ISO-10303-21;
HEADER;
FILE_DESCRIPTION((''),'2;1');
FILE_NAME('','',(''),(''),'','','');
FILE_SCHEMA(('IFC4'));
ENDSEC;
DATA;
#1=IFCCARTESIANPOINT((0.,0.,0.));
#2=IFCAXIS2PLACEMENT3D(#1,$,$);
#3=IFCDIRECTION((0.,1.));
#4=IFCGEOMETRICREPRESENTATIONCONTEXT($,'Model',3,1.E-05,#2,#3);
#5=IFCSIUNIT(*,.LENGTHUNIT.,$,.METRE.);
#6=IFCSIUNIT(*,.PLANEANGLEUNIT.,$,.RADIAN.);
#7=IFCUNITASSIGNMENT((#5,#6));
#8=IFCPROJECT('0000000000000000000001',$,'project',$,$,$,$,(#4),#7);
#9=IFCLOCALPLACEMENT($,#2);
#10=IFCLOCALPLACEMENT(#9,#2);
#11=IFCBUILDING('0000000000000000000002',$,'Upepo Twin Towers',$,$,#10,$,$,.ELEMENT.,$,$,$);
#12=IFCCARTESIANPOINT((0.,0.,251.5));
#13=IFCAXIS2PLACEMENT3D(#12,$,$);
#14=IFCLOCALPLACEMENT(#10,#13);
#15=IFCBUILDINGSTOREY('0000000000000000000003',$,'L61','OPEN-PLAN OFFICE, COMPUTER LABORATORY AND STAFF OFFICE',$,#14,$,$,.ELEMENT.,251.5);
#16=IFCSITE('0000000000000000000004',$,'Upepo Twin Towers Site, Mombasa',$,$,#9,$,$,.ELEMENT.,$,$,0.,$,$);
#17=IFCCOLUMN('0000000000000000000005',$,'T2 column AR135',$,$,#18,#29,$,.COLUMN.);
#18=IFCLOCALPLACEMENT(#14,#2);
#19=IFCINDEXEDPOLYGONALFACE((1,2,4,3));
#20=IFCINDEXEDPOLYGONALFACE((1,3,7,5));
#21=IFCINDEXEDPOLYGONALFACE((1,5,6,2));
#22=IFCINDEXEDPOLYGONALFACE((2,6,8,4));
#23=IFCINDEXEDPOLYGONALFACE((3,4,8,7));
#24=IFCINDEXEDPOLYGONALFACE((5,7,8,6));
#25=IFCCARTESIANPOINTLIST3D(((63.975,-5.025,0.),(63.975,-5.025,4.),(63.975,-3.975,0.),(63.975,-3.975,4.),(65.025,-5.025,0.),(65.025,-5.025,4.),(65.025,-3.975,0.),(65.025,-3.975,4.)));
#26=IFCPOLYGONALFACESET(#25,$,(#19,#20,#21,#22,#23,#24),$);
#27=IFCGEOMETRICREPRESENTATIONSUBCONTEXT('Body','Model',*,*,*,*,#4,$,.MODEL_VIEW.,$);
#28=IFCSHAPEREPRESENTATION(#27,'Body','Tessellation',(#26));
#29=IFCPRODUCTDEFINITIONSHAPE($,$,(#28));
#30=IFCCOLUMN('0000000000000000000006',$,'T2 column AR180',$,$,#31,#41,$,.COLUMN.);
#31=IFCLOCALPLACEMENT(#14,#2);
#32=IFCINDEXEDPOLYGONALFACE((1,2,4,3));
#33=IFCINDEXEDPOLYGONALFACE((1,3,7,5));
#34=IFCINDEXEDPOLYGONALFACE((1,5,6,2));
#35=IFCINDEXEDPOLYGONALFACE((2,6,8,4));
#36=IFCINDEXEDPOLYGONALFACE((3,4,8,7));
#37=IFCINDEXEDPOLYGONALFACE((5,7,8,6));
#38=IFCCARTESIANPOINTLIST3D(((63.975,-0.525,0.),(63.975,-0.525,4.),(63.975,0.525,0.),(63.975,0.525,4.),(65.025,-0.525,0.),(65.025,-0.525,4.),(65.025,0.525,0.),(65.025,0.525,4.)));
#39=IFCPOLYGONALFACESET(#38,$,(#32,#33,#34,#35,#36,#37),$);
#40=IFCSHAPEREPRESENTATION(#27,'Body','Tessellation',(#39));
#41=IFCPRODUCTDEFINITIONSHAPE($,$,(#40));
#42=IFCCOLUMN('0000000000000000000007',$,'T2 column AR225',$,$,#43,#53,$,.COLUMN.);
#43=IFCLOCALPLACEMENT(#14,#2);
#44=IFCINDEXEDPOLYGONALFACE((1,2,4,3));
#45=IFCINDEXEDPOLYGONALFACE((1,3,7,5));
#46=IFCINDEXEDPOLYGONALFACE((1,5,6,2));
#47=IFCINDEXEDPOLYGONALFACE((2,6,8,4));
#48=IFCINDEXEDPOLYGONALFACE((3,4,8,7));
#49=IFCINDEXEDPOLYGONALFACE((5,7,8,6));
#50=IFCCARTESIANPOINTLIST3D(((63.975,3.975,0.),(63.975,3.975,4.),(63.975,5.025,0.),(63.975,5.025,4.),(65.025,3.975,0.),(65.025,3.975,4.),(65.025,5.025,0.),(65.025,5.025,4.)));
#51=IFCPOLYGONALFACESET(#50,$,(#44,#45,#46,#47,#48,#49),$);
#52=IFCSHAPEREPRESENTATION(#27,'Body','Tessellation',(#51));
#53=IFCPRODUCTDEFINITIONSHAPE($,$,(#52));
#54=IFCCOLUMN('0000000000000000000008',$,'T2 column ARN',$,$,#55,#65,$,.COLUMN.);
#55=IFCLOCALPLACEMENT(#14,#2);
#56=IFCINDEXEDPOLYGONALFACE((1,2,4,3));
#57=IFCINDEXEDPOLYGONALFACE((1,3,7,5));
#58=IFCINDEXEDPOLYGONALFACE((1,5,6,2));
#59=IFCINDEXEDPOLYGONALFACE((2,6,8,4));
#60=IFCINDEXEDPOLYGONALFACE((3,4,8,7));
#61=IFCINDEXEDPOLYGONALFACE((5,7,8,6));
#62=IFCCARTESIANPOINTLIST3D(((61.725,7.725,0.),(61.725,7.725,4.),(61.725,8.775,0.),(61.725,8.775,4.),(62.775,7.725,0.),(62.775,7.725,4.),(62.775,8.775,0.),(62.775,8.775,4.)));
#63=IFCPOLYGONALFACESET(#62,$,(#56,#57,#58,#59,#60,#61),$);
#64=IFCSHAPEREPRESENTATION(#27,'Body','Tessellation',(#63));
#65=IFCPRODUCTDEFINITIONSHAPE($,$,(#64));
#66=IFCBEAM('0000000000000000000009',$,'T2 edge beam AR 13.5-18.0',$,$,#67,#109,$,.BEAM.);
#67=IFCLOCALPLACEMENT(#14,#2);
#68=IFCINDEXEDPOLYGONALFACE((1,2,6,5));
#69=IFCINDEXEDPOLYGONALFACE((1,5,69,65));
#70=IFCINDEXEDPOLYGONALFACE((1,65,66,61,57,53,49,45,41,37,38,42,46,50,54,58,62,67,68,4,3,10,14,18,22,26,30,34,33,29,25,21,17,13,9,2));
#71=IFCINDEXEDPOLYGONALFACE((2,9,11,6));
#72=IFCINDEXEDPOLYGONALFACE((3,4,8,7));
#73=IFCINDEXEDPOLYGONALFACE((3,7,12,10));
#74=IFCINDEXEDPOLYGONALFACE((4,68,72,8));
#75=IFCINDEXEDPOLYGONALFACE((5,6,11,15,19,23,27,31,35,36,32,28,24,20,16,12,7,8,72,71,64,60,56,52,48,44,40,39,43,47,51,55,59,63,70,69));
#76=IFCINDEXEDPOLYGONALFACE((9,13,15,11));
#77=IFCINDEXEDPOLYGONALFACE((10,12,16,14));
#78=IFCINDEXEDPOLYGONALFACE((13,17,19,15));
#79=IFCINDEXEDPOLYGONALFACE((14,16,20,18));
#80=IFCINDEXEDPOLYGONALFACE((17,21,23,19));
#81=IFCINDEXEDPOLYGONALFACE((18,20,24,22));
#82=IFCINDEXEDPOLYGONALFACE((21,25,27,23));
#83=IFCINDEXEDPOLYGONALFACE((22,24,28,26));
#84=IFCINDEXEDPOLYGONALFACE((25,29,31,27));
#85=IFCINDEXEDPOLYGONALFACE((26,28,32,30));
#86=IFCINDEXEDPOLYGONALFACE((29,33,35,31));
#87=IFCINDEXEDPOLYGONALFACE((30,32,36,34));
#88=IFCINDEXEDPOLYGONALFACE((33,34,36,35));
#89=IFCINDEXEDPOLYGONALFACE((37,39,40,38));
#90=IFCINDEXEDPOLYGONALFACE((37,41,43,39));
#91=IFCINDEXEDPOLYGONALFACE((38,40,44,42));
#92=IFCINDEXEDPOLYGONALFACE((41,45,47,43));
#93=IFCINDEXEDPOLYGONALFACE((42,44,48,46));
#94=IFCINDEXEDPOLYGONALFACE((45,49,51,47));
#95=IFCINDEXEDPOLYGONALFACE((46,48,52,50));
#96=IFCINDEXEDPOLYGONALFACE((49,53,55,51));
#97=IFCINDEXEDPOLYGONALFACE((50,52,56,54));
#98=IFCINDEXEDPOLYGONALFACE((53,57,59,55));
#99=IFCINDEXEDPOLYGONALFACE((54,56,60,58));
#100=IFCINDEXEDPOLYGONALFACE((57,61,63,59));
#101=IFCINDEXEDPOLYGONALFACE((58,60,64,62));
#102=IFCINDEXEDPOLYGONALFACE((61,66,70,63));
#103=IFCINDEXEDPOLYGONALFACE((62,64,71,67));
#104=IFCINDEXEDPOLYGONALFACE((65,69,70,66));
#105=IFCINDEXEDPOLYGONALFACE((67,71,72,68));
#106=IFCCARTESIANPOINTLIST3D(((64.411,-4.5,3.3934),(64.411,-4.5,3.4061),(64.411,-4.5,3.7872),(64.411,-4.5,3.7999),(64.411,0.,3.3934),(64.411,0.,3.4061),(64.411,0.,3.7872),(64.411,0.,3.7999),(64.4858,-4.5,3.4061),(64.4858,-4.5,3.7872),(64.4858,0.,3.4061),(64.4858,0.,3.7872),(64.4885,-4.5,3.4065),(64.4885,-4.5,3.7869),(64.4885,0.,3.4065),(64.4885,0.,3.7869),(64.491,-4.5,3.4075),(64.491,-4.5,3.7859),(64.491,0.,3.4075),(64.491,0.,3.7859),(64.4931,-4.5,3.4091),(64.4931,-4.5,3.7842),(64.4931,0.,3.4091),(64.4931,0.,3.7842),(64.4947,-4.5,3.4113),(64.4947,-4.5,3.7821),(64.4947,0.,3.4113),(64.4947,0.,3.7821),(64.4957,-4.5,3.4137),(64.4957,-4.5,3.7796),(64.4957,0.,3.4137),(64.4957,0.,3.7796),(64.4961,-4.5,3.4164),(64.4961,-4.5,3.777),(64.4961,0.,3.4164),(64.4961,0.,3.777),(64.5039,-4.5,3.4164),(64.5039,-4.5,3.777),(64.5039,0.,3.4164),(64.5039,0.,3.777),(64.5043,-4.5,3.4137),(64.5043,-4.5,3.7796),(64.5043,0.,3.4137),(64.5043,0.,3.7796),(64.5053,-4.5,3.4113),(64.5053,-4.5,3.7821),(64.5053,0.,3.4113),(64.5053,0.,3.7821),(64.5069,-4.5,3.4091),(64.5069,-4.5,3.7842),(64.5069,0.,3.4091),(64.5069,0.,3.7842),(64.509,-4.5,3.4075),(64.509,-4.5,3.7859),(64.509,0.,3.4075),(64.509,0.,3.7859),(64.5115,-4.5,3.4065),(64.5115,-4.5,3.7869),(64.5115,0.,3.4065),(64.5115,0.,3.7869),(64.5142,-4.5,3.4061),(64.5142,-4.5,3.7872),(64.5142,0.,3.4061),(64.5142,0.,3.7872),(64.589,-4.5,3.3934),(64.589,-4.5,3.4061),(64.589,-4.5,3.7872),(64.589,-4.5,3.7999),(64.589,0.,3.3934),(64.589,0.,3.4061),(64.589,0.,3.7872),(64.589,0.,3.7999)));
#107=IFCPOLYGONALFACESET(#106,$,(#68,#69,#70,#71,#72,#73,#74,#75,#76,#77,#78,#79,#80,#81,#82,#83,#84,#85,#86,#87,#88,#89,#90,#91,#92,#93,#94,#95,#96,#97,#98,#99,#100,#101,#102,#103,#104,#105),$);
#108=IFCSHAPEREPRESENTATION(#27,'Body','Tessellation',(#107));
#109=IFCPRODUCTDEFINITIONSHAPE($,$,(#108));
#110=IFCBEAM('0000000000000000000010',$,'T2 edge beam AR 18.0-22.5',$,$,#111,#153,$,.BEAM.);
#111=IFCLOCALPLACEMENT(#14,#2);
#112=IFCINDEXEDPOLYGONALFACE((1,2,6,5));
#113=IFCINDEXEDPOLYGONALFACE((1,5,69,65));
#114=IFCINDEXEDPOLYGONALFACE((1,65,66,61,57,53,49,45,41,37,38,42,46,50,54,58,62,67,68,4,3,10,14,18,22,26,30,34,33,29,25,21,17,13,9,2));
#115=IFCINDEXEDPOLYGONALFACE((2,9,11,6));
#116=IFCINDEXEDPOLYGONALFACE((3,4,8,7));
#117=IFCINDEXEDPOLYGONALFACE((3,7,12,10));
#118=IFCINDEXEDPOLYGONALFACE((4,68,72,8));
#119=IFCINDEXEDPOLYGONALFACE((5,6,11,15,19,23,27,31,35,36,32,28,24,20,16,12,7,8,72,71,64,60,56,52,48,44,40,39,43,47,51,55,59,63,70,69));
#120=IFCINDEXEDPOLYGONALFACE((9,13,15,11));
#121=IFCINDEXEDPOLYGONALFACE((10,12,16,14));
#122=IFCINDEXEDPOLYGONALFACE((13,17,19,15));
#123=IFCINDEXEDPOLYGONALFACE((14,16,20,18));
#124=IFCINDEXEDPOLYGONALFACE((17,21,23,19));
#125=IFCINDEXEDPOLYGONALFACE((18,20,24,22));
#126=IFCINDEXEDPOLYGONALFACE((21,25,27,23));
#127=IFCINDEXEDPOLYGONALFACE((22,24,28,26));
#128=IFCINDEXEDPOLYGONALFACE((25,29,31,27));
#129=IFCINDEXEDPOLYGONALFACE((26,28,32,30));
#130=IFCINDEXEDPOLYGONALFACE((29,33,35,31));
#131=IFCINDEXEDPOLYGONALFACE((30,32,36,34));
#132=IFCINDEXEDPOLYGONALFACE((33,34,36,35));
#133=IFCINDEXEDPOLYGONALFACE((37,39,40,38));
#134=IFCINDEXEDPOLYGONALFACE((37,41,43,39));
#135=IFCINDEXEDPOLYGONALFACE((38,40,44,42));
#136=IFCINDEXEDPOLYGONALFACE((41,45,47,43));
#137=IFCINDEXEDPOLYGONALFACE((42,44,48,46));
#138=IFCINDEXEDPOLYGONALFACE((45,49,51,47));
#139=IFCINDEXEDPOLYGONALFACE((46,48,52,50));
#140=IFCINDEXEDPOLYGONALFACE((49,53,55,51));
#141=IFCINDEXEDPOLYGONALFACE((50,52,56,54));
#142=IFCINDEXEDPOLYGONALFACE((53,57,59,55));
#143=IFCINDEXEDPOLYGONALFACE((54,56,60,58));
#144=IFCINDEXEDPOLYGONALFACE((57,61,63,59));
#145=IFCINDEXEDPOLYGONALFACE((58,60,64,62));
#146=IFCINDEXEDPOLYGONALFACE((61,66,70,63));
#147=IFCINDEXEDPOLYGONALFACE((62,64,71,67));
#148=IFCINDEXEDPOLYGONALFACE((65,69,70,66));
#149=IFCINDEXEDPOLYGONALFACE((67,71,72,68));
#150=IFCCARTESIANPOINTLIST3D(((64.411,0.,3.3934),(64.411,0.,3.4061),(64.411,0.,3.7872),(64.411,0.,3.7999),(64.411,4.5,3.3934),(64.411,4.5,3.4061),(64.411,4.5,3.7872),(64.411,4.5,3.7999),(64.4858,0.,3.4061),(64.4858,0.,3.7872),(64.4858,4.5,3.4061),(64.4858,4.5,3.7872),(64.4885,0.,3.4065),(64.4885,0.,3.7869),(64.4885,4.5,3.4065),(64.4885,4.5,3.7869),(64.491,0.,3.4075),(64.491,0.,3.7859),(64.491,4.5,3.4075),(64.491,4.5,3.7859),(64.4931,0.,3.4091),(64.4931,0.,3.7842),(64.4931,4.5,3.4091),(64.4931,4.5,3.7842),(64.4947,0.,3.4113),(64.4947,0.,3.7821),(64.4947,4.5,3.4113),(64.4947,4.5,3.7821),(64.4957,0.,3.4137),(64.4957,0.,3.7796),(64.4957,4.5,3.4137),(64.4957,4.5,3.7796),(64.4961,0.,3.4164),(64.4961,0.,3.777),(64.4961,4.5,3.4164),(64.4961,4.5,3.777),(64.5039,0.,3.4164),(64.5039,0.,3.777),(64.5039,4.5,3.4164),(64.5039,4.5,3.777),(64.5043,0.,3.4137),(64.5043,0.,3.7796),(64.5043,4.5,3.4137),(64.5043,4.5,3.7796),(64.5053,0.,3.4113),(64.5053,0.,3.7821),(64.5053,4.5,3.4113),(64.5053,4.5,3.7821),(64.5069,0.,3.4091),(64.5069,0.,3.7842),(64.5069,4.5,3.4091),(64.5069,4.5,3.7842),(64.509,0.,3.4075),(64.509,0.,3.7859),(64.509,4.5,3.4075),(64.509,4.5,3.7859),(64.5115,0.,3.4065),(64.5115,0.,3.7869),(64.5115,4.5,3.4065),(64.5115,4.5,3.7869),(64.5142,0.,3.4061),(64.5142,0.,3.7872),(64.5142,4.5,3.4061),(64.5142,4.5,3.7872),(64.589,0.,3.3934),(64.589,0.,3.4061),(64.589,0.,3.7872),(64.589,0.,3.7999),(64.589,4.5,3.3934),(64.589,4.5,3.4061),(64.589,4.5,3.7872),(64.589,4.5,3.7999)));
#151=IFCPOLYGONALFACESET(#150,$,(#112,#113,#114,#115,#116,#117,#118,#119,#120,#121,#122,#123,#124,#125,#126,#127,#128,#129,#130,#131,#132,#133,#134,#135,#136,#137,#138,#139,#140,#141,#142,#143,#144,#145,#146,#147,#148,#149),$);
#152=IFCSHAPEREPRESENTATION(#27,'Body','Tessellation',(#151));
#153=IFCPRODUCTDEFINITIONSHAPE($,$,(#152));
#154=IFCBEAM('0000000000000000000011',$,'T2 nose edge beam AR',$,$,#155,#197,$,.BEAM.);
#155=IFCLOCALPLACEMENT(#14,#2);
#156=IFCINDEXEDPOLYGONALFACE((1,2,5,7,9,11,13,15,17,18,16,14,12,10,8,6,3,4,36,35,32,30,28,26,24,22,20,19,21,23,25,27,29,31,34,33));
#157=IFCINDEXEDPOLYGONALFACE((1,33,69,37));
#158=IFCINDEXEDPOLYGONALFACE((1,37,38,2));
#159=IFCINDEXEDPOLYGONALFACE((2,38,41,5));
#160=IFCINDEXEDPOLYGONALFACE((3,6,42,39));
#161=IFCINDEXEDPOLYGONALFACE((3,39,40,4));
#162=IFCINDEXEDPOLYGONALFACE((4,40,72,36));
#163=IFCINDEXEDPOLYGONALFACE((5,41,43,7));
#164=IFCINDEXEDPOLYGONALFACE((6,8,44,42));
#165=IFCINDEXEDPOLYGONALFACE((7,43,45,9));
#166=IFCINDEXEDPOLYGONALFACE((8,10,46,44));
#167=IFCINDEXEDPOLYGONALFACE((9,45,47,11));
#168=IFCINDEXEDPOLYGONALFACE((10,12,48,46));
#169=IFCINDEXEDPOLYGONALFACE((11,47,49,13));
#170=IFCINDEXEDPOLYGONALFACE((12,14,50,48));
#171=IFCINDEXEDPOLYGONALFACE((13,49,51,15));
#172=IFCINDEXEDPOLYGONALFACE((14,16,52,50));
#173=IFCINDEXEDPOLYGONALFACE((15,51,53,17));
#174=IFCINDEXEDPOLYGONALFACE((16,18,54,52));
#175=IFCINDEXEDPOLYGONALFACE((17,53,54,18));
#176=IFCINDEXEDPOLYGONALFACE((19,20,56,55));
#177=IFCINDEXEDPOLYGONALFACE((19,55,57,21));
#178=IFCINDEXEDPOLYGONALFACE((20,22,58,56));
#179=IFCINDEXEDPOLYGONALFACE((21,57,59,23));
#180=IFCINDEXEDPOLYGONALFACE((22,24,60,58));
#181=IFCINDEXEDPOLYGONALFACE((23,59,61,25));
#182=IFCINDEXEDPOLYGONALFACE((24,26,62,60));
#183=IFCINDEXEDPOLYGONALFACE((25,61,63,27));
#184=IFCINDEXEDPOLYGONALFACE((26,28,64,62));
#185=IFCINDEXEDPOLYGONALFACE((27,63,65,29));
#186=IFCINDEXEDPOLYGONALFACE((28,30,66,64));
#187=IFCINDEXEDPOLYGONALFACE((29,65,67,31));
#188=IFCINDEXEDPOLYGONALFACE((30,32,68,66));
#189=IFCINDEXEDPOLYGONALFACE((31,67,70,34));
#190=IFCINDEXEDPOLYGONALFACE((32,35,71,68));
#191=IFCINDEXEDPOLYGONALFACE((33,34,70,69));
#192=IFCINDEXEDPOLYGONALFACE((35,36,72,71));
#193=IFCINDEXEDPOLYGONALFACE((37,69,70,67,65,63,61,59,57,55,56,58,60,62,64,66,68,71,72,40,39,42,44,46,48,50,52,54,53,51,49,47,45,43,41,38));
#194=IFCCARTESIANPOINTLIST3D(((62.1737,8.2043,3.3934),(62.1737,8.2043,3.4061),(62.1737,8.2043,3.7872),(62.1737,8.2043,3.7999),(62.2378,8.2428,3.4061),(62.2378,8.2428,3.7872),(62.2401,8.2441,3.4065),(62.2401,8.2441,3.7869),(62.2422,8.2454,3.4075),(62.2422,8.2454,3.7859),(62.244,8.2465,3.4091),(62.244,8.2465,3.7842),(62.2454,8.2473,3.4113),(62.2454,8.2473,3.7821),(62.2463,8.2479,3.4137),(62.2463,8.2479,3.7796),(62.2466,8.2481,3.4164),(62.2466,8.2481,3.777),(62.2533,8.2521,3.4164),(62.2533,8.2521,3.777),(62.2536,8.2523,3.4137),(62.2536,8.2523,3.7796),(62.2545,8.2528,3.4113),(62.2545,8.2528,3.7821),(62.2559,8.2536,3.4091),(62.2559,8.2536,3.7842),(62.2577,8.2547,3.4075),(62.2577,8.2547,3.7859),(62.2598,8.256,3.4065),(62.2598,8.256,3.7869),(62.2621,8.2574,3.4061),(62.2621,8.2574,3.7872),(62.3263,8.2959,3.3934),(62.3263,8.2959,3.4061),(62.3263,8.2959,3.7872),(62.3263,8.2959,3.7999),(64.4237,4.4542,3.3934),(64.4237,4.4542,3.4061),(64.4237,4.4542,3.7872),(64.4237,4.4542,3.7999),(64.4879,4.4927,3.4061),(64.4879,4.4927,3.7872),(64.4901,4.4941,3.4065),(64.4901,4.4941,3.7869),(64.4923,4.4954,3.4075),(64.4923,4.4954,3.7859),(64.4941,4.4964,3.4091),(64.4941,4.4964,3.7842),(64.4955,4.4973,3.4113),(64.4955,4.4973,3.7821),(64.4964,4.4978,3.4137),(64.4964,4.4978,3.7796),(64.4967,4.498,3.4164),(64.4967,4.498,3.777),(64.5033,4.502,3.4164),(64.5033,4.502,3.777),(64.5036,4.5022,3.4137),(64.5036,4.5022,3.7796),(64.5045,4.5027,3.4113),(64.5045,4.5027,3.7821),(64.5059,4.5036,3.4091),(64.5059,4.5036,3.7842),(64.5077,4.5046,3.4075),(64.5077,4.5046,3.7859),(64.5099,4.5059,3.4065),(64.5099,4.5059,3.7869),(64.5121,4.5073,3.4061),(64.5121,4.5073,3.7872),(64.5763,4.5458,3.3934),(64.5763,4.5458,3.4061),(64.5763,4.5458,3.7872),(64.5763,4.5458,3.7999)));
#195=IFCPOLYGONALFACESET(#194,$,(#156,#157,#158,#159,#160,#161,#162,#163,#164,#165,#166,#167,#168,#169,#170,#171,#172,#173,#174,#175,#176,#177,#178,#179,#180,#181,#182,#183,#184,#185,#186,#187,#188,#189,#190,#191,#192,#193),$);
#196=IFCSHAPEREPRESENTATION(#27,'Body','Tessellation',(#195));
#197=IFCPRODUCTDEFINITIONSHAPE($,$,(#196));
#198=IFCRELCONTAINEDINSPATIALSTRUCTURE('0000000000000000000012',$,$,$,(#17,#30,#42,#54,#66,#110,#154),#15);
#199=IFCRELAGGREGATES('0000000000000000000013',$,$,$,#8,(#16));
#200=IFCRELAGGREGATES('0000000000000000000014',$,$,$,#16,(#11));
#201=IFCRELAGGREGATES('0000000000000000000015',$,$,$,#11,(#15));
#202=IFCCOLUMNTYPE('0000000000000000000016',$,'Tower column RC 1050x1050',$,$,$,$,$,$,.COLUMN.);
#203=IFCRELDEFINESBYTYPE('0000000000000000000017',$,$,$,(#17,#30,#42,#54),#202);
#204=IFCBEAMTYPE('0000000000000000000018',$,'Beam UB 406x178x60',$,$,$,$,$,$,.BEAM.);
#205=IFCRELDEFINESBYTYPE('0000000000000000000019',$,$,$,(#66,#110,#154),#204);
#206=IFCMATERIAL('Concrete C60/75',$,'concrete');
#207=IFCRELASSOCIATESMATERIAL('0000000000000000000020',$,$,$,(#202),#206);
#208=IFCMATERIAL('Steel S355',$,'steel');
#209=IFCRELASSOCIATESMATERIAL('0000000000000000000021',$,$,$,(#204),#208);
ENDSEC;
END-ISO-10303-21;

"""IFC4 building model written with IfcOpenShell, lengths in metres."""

from ifc_helpers import new_model, si_unit, direction, frame, origin, origin_2d, place, context, subcontext, project, spatial, rectangle, i_section, extrude, material, material_profile, profile_set, type_object, element, save


model = new_model("IFC4")

# Units and contexts
model_context = context("Model", 3, precision=1e-05, world=origin(), true_north=direction((0.0, 1.0)))
body_context = subcontext(model_context, "Body", "Model", "MODEL_VIEW")
ifc_project = project(units=[si_unit("LENGTHUNIT", "METRE"), si_unit("PLANEANGLEUNIT", "RADIAN")], contexts=[model_context])

# Site, building, storey
site_placement = place(None, origin())
site = spatial("IfcSite", under=ifc_project, at=site_placement, Name="Upepo Twin Towers Site, Mombasa", CompositionType="ELEMENT", RefElevation=0.0)
building_placement = place(site_placement, origin())
building = spatial("IfcBuilding", under=site, at=building_placement, Name="Upepo Twin Towers", CompositionType="ELEMENT")
storey_placement = place(building_placement, frame((0.0, 0.0, 251.5)))
storey = spatial("IfcBuildingStorey", under=building, at=storey_placement, Name="L61", Description="OPEN-PLAN OFFICE, COMPUTER LABORATORY AND STAFF OFFICE", CompositionType="ELEMENT", Elevation=251.5)

# Columns
ifc_material_1 = material(Name="Concrete C60/75", Category="concrete")
ifc_material_profile_1 = material_profile(ifc_material_1, rectangle(XDim=1.05, YDim=1.05, at=origin_2d()), Name="RC 1050x1050")
ifc_profile_set_1 = profile_set([ifc_material_profile_1], Name="Concrete C60/75")
column_type = type_object("IfcColumnType", Name="Tower column RC 1050x1050", PredefinedType="COLUMN", material=ifc_profile_set_1)
for number, where, z_axis, x_axis, name in (
    (1, (64.5, -4.5, 0.0), (0.0, 0.0, 1.0), (1.0, 0.0, 0.0), "T2 column AR135"),
    (2, (64.5, 0.0, 0.0), (0.0, 0.0, 1.0), (1.0, 0.0, 0.0), "T2 column AR180"),
    (3, (64.5, 4.5, 0.0), (0.0, 0.0, 1.0), (1.0, 0.0, 0.0), "T2 column AR225"),
    (4, (62.25, 8.25, 0.0), (0.0, 0.0, 1.0), (1.0, 0.0, 0.0), "T2 column ARN"),
):
    element("IfcColumn", number, at=place(storey_placement, frame(where, z_axis=z_axis, x_axis=x_axis)), inside=storey, type_object=column_type, Name=name, PredefinedType="COLUMN", context=body_context, shape_type="SweptSolid", body=[
        extrude(rectangle(XDim=1.05, YDim=1.05, at=origin_2d()), origin(), (0.0, 0.0, 1.0), 4.0),
    ])

# Beams
ifc_material_2 = material(Name="Steel S355", Category="steel")
ifc_material_profile_2 = material_profile(ifc_material_2, i_section(OverallWidth=0.178, OverallDepth=0.4065, WebThickness=0.0078, FlangeThickness=0.0127, FilletRadius=0.0103, at=origin_2d()), Name="UB 406x178x60")
ifc_profile_set_2 = profile_set([ifc_material_profile_2], Name="Steel S355")
beam_type_1 = type_object("IfcBeamType", Name="Beam UB 406x178x60", PredefinedType="BEAM", material=ifc_profile_set_2)
for number, where, z_axis, x_axis, name in (
    (5, (64.5, -4.5, 3.5967), (0.0, 1.0, 0.0), (-1.0, 0.0, 0.0), "T2 edge beam AR 13.5-18.0"),
    (6, (64.5, 0.0, 3.5967), (0.0, 1.0, 0.0), (-1.0, 0.0, 0.0), "T2 edge beam AR 18.0-22.5"),
):
    element("IfcBeam", number, at=place(storey_placement, frame(where, z_axis=z_axis, x_axis=x_axis)), inside=storey, type_object=beam_type_1, Name=name, PredefinedType="BEAM", context=body_context, shape_type="SweptSolid", body=[
        extrude(i_section(OverallWidth=0.178, OverallDepth=0.4065, WebThickness=0.0078, FlangeThickness=0.0127, FilletRadius=0.0103, at=origin_2d()), origin(), (0.0, 0.0, 1.0), 4.5),
    ])
beam_1_placement = place(storey_placement, frame((64.5, 4.5, 3.5967), z_axis=(-0.514496, 0.857493, 0.0), x_axis=(-0.857493, -0.514496, 0.0)))
element("IfcBeam", 7, at=beam_1_placement, inside=storey, type_object=beam_type_1, Name="T2 nose edge beam AR", PredefinedType="BEAM", context=body_context, shape_type="SweptSolid", body=[
    extrude(i_section(OverallWidth=0.178, OverallDepth=0.4065, WebThickness=0.0078, FlangeThickness=0.0127, FilletRadius=0.0103, at=origin_2d()), origin(), (0.0, 0.0, 1.0), 4.3733),
])

save(model, "model.ifc")
